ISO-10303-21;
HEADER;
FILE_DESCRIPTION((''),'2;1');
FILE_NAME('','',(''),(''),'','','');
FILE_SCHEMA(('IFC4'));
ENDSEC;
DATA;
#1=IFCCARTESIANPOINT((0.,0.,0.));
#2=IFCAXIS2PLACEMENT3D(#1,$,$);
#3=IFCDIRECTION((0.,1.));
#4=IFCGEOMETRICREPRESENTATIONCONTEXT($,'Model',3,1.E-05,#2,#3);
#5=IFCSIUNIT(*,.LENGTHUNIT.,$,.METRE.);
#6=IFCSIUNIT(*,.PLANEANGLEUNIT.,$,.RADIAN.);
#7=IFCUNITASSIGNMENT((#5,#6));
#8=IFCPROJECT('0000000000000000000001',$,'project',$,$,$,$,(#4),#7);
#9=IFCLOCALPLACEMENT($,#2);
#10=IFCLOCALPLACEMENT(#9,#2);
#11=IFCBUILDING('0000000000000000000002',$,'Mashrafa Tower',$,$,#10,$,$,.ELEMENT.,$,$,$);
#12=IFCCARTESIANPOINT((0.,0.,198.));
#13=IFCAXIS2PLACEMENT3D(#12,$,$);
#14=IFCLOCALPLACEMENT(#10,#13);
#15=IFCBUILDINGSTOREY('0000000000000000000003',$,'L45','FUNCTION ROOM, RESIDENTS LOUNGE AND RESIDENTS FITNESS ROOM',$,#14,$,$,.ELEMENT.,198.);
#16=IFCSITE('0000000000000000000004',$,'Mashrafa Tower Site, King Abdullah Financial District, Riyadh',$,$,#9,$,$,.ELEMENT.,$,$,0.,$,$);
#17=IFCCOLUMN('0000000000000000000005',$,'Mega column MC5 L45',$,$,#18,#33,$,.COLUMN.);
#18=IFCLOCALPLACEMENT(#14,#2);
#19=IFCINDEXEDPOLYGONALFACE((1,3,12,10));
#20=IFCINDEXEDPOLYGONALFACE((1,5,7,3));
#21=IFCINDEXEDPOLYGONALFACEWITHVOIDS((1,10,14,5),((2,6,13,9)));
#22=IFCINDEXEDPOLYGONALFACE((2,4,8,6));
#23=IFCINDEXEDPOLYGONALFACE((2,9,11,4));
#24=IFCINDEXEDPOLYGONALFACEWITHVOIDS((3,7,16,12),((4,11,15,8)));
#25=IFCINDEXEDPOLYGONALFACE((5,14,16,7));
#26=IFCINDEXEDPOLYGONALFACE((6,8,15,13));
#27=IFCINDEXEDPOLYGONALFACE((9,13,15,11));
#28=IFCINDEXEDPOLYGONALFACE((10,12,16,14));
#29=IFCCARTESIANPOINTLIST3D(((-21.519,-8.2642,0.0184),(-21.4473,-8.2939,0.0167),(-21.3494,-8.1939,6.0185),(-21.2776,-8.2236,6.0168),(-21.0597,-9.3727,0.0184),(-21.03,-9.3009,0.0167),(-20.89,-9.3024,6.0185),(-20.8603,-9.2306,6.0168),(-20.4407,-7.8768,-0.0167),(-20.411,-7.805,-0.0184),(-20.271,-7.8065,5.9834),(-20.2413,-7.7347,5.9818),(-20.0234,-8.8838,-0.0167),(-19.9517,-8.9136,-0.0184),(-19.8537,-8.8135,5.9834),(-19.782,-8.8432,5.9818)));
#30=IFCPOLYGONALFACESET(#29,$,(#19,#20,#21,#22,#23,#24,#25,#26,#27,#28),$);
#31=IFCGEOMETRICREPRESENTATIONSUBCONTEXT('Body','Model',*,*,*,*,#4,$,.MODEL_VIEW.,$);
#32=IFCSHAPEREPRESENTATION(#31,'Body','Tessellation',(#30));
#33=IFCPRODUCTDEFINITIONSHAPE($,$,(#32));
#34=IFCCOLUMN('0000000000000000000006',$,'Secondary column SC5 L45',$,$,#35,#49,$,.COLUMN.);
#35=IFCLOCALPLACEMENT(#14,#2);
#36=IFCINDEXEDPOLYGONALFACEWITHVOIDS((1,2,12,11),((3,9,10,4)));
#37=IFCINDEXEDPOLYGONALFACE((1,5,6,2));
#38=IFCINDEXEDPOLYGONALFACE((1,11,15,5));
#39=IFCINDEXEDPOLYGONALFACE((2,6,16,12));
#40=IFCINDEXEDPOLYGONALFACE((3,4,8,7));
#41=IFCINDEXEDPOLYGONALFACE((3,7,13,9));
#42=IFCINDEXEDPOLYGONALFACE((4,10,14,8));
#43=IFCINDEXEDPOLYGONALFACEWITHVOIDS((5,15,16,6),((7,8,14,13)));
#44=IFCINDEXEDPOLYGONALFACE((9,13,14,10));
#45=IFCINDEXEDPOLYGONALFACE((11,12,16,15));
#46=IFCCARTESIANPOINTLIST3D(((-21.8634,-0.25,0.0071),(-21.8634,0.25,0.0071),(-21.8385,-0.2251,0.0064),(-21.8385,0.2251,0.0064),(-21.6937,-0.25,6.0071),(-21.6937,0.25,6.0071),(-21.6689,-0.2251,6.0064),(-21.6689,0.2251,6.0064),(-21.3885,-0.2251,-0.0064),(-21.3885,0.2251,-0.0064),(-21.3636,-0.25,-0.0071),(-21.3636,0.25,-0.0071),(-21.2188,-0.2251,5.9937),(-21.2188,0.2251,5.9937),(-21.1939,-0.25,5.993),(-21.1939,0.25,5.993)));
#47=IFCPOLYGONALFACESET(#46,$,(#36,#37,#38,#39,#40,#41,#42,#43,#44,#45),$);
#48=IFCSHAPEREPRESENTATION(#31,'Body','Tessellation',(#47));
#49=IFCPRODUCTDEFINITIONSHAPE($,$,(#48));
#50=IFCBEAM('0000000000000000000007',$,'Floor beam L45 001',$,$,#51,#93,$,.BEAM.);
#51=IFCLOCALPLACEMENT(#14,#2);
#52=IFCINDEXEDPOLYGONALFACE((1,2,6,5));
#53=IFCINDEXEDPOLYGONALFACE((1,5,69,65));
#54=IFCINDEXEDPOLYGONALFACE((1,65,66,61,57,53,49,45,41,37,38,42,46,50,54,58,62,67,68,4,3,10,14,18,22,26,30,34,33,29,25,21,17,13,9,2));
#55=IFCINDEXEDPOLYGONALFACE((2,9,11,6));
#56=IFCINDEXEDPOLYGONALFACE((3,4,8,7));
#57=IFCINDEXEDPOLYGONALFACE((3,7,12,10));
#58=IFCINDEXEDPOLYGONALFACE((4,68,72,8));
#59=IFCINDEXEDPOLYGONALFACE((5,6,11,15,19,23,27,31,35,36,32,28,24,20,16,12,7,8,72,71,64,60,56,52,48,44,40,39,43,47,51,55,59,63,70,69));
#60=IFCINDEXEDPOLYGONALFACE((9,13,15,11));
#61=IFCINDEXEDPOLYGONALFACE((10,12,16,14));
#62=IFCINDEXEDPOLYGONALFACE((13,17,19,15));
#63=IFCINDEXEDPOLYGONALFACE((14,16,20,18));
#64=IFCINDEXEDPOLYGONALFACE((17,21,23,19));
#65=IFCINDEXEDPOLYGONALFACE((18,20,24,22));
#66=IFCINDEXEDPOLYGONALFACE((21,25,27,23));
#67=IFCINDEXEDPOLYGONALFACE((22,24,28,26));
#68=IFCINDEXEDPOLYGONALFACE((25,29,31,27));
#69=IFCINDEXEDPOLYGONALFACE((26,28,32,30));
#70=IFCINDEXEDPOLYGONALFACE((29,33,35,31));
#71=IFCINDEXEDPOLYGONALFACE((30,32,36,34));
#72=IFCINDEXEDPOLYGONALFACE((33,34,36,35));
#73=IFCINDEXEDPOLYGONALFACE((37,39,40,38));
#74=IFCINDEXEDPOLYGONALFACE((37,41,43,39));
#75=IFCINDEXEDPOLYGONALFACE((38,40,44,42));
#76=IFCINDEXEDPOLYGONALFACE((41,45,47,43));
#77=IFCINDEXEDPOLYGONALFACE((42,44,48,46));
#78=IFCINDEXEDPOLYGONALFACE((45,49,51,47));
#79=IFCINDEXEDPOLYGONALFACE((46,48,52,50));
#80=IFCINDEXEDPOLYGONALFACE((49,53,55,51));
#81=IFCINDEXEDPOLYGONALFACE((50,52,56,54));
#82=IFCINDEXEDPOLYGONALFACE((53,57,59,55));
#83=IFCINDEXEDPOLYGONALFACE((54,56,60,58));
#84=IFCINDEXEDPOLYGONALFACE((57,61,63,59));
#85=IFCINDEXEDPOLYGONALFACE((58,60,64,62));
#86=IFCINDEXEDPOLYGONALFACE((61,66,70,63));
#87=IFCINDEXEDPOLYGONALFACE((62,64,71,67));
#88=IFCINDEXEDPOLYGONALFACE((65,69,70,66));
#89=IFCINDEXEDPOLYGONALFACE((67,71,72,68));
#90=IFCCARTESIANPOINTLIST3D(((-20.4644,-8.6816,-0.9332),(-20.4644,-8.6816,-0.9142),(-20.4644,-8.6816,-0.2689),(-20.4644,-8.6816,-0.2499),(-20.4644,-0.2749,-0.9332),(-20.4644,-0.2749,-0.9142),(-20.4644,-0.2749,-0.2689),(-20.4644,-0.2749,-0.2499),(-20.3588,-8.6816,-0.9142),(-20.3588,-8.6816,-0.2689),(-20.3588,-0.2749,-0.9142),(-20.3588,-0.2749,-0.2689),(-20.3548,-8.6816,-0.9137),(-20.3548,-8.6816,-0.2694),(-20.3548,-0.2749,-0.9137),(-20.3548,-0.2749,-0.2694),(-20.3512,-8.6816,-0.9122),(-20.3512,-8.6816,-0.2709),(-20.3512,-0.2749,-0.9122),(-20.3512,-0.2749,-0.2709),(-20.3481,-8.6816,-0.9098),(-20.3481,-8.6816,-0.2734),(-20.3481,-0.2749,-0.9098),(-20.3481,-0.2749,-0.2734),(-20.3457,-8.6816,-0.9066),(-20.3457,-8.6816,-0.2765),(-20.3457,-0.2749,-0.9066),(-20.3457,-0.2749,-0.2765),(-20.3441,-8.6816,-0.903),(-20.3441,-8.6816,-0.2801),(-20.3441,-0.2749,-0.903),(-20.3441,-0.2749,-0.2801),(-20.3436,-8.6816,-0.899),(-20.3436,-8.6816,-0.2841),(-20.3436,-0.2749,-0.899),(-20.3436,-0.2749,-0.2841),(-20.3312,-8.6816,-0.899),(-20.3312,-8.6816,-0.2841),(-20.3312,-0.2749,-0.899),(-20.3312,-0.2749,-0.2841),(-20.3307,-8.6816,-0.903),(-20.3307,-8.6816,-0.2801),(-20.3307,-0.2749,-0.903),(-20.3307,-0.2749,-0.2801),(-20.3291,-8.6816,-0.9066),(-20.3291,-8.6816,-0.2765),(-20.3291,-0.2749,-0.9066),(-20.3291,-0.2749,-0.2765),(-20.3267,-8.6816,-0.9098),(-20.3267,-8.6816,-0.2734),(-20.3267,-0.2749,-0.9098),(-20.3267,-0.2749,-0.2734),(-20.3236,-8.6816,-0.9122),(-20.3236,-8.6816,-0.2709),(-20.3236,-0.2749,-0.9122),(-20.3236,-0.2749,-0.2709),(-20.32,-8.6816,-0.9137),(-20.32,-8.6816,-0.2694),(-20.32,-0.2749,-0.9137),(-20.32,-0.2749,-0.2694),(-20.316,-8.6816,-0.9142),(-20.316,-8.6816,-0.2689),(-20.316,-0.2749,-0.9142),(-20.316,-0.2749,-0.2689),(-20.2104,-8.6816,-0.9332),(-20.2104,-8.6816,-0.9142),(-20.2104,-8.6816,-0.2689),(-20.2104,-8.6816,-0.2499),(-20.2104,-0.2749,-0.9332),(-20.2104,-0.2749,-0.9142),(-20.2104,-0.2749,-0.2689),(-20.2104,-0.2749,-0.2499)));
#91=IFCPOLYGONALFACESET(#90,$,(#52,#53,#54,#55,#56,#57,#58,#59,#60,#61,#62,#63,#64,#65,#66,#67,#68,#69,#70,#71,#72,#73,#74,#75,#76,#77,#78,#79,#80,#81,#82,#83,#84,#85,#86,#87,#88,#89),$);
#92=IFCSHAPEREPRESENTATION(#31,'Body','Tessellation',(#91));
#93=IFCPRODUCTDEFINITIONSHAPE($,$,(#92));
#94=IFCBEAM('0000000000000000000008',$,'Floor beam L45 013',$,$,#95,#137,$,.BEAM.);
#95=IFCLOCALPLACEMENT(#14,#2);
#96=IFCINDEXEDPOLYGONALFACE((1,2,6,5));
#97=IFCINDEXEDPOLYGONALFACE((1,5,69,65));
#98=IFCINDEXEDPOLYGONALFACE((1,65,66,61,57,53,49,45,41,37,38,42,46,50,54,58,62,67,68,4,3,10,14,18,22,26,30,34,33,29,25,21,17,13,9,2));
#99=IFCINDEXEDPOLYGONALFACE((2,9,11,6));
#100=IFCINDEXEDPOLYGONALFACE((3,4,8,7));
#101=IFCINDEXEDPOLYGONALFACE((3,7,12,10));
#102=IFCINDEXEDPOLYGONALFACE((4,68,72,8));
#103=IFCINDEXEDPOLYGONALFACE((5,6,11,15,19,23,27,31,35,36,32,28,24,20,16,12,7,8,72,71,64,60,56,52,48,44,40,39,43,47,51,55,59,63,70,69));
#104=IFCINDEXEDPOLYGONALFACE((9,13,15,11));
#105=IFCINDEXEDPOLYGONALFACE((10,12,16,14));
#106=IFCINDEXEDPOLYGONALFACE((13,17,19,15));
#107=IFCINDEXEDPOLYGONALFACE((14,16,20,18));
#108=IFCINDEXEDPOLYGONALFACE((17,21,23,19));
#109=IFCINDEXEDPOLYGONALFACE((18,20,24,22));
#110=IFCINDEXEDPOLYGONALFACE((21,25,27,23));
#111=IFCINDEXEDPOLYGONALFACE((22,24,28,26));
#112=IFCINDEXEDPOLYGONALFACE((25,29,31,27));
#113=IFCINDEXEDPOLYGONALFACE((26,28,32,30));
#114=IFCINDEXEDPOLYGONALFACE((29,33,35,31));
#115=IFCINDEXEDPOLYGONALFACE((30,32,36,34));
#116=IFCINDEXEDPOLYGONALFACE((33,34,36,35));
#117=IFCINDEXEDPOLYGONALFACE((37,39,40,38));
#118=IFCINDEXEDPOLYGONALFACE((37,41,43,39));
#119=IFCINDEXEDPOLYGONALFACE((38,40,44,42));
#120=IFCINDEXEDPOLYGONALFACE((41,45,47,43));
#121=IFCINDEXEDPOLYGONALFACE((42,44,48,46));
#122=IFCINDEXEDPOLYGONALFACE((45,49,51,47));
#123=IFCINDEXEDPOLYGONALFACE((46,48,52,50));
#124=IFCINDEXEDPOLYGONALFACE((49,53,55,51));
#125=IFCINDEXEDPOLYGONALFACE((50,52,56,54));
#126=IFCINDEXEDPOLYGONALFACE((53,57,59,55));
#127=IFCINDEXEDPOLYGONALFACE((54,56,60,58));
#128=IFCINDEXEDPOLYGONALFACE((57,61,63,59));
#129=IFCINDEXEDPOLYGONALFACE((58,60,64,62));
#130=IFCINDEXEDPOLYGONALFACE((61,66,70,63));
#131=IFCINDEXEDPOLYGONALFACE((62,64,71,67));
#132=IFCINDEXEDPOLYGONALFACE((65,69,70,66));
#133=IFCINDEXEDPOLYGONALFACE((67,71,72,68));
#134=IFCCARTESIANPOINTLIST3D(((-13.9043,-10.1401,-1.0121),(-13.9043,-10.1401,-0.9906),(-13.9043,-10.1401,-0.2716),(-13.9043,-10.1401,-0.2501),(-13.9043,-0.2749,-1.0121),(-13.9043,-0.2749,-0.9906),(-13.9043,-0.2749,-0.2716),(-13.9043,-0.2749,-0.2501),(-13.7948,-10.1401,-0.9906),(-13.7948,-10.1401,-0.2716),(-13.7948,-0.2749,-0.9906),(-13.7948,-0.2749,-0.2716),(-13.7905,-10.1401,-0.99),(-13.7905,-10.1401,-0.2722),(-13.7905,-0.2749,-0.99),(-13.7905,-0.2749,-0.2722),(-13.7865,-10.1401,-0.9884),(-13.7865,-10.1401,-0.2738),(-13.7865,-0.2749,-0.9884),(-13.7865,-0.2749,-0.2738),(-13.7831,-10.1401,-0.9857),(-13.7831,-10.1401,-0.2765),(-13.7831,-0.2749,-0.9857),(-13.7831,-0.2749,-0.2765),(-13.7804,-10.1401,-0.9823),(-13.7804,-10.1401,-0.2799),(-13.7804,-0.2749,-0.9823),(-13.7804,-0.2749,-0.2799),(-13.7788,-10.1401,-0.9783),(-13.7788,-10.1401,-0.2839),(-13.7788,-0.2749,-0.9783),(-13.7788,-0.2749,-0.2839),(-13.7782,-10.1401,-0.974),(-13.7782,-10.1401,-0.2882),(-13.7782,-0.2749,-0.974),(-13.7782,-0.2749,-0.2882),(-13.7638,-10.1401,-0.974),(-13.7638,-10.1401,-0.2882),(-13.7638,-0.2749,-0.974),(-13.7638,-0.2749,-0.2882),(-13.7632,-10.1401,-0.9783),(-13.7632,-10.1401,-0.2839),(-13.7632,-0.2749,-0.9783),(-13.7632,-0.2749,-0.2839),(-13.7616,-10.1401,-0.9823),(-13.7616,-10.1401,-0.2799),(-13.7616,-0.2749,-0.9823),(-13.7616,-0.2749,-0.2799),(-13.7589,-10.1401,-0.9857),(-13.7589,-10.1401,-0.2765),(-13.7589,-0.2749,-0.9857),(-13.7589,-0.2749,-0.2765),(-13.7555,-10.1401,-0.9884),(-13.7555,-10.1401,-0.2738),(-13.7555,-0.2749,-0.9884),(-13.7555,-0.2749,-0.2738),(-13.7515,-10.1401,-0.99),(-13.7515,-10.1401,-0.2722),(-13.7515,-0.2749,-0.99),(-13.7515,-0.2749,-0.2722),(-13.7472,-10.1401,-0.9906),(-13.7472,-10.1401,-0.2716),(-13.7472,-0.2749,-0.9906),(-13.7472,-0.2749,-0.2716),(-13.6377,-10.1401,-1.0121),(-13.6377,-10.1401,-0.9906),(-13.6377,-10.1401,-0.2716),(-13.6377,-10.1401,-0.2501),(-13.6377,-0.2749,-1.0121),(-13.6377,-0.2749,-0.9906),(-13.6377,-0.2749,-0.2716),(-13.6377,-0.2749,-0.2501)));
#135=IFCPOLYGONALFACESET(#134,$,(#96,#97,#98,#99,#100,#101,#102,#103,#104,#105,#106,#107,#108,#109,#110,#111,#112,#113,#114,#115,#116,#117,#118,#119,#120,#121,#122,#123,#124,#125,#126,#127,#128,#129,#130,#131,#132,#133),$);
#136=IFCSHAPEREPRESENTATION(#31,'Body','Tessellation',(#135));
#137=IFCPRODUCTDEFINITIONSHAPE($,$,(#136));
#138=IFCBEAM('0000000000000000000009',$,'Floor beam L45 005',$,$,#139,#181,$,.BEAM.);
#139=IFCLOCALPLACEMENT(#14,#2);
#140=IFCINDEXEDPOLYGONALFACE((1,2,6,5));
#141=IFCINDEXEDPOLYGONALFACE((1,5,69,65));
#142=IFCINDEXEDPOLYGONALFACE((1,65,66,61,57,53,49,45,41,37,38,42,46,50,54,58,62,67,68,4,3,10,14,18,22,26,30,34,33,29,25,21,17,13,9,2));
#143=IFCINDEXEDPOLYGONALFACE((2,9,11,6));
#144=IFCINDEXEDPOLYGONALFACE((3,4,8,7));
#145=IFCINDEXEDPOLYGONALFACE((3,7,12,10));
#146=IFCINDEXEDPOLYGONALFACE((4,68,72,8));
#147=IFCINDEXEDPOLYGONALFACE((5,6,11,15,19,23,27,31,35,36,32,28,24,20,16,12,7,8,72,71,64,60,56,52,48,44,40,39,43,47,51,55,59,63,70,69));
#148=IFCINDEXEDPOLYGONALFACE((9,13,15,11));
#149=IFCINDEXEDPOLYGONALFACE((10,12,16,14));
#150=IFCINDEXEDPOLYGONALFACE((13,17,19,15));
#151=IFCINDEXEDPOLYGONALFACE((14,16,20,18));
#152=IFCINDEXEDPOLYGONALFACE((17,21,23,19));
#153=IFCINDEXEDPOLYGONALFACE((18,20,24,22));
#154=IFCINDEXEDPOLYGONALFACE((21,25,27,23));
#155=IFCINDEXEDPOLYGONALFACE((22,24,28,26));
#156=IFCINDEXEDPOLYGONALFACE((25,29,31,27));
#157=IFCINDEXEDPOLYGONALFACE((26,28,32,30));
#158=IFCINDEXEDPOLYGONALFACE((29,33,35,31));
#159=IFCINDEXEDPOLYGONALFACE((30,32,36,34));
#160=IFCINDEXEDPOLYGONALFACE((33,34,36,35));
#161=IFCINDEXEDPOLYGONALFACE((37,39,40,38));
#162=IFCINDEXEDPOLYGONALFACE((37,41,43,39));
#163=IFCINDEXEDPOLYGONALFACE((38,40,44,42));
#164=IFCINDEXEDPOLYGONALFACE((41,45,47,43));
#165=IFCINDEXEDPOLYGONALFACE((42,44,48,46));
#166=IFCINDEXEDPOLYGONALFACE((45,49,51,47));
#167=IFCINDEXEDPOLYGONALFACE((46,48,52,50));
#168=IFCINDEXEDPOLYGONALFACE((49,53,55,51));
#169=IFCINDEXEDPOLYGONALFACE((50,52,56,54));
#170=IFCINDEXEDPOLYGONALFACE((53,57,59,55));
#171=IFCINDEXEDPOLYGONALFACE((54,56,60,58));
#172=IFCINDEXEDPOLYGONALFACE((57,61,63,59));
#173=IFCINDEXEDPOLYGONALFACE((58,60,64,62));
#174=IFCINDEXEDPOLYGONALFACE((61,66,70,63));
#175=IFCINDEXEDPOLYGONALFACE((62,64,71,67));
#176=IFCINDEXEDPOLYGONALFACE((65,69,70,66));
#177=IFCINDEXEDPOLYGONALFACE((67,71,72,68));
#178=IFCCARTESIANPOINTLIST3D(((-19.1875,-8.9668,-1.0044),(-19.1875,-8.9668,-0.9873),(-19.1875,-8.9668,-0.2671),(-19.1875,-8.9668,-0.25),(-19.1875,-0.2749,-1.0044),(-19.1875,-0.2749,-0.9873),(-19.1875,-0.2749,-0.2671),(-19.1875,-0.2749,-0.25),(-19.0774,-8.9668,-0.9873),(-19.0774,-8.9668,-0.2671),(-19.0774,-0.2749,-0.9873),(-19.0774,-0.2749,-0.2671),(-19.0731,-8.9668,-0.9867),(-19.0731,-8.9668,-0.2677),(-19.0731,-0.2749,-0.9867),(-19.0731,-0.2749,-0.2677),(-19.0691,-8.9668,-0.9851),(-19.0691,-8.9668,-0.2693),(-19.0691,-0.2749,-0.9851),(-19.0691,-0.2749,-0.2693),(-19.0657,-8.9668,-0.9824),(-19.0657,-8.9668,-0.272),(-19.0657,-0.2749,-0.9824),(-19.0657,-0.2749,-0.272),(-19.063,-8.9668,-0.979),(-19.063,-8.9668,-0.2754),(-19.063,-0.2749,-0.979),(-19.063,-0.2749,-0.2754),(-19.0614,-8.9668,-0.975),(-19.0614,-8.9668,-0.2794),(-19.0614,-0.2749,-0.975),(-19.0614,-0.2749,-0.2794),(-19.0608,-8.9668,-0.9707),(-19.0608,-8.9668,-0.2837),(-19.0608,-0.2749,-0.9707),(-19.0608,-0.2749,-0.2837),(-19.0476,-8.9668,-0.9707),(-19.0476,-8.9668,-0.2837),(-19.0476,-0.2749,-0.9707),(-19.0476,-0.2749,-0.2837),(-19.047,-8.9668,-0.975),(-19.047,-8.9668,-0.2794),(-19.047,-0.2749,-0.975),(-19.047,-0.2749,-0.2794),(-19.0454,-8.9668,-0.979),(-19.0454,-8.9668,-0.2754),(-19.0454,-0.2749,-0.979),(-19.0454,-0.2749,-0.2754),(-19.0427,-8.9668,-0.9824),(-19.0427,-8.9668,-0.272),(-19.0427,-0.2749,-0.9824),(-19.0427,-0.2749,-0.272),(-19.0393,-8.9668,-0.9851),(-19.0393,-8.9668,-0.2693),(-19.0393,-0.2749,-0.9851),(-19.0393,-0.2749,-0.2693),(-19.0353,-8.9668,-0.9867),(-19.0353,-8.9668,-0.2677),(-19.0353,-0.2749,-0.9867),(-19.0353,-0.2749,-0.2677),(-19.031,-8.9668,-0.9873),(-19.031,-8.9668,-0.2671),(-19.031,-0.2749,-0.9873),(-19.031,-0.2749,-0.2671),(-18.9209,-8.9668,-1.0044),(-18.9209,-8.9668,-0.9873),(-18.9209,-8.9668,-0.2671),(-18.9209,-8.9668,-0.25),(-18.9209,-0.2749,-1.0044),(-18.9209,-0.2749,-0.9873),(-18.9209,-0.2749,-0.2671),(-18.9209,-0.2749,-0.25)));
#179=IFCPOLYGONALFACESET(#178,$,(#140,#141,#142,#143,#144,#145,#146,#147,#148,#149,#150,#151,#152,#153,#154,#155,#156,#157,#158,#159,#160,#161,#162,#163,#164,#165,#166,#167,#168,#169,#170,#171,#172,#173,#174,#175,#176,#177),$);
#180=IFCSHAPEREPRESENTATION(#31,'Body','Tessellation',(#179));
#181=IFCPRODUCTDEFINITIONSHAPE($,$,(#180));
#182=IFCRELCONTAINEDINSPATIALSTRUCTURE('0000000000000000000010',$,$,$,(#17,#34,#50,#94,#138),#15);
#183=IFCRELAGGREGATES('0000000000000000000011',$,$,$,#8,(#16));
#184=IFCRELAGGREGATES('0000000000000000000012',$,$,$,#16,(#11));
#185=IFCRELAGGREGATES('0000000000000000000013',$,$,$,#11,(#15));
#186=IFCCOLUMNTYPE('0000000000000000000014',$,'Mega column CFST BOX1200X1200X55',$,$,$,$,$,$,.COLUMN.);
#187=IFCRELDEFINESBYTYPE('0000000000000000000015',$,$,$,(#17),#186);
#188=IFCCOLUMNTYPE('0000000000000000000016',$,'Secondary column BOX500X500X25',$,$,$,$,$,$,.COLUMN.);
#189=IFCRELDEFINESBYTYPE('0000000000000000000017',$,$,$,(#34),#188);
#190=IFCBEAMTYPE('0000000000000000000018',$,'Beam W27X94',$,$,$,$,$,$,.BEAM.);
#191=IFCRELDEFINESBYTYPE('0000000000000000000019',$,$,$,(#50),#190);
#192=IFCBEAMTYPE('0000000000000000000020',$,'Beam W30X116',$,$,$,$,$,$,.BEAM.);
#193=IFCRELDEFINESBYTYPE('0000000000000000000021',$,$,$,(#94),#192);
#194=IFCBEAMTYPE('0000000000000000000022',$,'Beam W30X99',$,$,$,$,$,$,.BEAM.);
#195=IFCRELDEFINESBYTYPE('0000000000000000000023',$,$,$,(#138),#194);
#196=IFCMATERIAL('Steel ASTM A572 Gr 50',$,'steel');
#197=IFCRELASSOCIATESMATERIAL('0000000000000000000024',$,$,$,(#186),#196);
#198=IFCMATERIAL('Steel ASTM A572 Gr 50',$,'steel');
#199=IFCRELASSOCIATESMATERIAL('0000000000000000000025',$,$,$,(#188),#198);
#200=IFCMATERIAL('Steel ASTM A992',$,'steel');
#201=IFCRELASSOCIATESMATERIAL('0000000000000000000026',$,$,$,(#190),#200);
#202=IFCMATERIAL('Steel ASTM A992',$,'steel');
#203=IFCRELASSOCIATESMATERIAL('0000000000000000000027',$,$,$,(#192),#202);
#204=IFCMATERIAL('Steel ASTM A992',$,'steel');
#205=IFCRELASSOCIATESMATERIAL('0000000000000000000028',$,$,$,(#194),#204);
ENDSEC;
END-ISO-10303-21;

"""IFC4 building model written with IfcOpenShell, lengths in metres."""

from ifc_helpers import new_model, si_unit, direction, frame, origin, origin_2d, place, context, subcontext, project, spatial, hollow_rectangle, i_section, extrude, material, material_profile, profile_set, type_object, element, save


model = new_model("IFC4")

# Units and contexts
model_context = context("Model", 3, precision=1e-05, world=origin(), true_north=direction((0.0, 1.0)))
body_context = subcontext(model_context, "Body", "Model", "MODEL_VIEW")
ifc_project = project(units=[si_unit("LENGTHUNIT", "METRE"), si_unit("PLANEANGLEUNIT", "RADIAN")], contexts=[model_context])

# Site, building, storey
site_placement = place(None, origin())
site = spatial("IfcSite", under=ifc_project, at=site_placement, Name="Mashrafa Tower Site, King Abdullah Financial District, Riyadh", CompositionType="ELEMENT", RefElevation=0.0)
building_placement = place(site_placement, origin())
building = spatial("IfcBuilding", under=site, at=building_placement, Name="Mashrafa Tower", CompositionType="ELEMENT")
storey_placement = place(building_placement, frame((0.0, 0.0, 198.0)))
storey = spatial("IfcBuildingStorey", under=building, at=storey_placement, Name="L45", Description="FUNCTION ROOM, RESIDENTS LOUNGE AND RESIDENTS FITNESS ROOM", CompositionType="ELEMENT", Elevation=198.0)

# Columns
ifc_material_1 = material(Name="Steel ASTM A572 Gr 50", Category="steel")
ifc_material_profile_1 = material_profile(ifc_material_1, hollow_rectangle(XDim=1.2, YDim=1.2, WallThickness=0.0549, at=origin_2d()), Name="BOX1200X1200X55")
ifc_profile_set_1 = profile_set([ifc_material_profile_1], Name="Steel ASTM A572 Gr 50")
column_type_1 = type_object("IfcColumnType", Name="Mega column CFST BOX1200X1200X55", PredefinedType="COLUMN", material=ifc_profile_set_1)
column_1_placement = place(storey_placement, frame((-20.7354, -8.5889, 0.0), z_axis=(0.028266, 0.011713, 0.999532), x_axis=(-0.382821, 0.923822, 0.0)))
element("IfcColumn", 1, at=column_1_placement, inside=storey, type_object=column_type_1, Name="Mega column MC5 L45", PredefinedType="COLUMN", context=body_context, shape_type="SweptSolid", body=[
    extrude(hollow_rectangle(XDim=1.2, YDim=1.2, WallThickness=0.0549, at=origin_2d()), origin(), (0.0, 0.0, 1.0), 6.0029),
])
ifc_material_2 = material(Name="Steel ASTM A572 Gr 50", Category="steel")
ifc_material_profile_2 = material_profile(ifc_material_2, hollow_rectangle(XDim=0.5, YDim=0.5, WallThickness=0.0249, at=origin_2d()), Name="BOX500X500X25")
ifc_profile_set_2 = profile_set([ifc_material_profile_2], Name="Steel ASTM A572 Gr 50")
column_type_2 = type_object("IfcColumnType", Name="Secondary column BOX500X500X25", PredefinedType="COLUMN", material=ifc_profile_set_2)
column_2_placement = place(storey_placement, frame((-21.6135, 0.0, 0.0), z_axis=(0.028268, 0.0, 0.9996), x_axis=(0.0, 1.0, 0.0)))
element("IfcColumn", 2, at=column_2_placement, inside=storey, type_object=column_type_2, Name="Secondary column SC5 L45", PredefinedType="COLUMN", context=body_context, shape_type="SweptSolid", body=[
    extrude(hollow_rectangle(XDim=0.5, YDim=0.5, WallThickness=0.0249, at=origin_2d()), origin(), (0.0, 0.0, 1.0), 6.0024),
])

# Beams
ifc_material_3 = material(Name="Steel ASTM A992", Category="steel")
ifc_material_profile_3 = material_profile(ifc_material_3, i_section(OverallWidth=0.2539, OverallDepth=0.6833, WebThickness=0.0125, FlangeThickness=0.019, FilletRadius=0.0151, at=origin_2d()), Name="W27X94")
ifc_profile_set_3 = profile_set([ifc_material_profile_3], Name="Steel ASTM A992")
beam_type_1 = type_object("IfcBeamType", Name="Beam W27X94", PredefinedType="BEAM", material=ifc_profile_set_3)
beam_1_placement = place(storey_placement, frame((-20.3374, -8.6816, -0.5916), z_axis=(0.0, 1.0, 0.0), x_axis=(-1.0, 0.0, 0.0)))
element("IfcBeam", 3, at=beam_1_placement, inside=storey, type_object=beam_type_1, Name="Floor beam L45 001", PredefinedType="BEAM", context=body_context, shape_type="SweptSolid", body=[
    extrude(i_section(OverallWidth=0.2539, OverallDepth=0.6833, WebThickness=0.0125, FlangeThickness=0.019, FilletRadius=0.0151, at=origin_2d()), origin(), (0.0, 0.0, 1.0), 8.4067),
])
ifc_material_4 = material(Name="Steel ASTM A992", Category="steel")
ifc_material_profile_4 = material_profile(ifc_material_4, i_section(OverallWidth=0.2666, OverallDepth=0.762, WebThickness=0.0144, FlangeThickness=0.0215, FilletRadius=0.0166, at=origin_2d()), Name="W30X116")
ifc_profile_set_4 = profile_set([ifc_material_profile_4], Name="Steel ASTM A992")
beam_type_2 = type_object("IfcBeamType", Name="Beam W30X116", PredefinedType="BEAM", material=ifc_profile_set_4)
beam_2_placement = place(storey_placement, frame((-13.771, -10.1401, -0.6311), z_axis=(0.0, 1.0, 0.0), x_axis=(-1.0, 0.0, 0.0)))
element("IfcBeam", 4, at=beam_2_placement, inside=storey, type_object=beam_type_2, Name="Floor beam L45 013", PredefinedType="BEAM", context=body_context, shape_type="SweptSolid", body=[
    extrude(i_section(OverallWidth=0.2666, OverallDepth=0.762, WebThickness=0.0144, FlangeThickness=0.0215, FilletRadius=0.0166, at=origin_2d()), origin(), (0.0, 0.0, 1.0), 9.8652),
])
ifc_material_5 = material(Name="Steel ASTM A992", Category="steel")
ifc_material_profile_5 = material_profile(ifc_material_5, i_section(OverallWidth=0.2666, OverallDepth=0.7544, WebThickness=0.0132, FlangeThickness=0.0171, FilletRadius=0.0166, at=origin_2d()), Name="W30X99")
ifc_profile_set_5 = profile_set([ifc_material_profile_5], Name="Steel ASTM A992")
beam_type_3 = type_object("IfcBeamType", Name="Beam W30X99", PredefinedType="BEAM", material=ifc_profile_set_5)
beam_3_placement = place(storey_placement, frame((-19.0542, -8.9668, -0.6272), z_axis=(0.0, 1.0, 0.0), x_axis=(-1.0, 0.0, 0.0)))
element("IfcBeam", 5, at=beam_3_placement, inside=storey, type_object=beam_type_3, Name="Floor beam L45 005", PredefinedType="BEAM", context=body_context, shape_type="SweptSolid", body=[
    extrude(i_section(OverallWidth=0.2666, OverallDepth=0.7544, WebThickness=0.0132, FlangeThickness=0.0171, FilletRadius=0.0166, at=origin_2d()), origin(), (0.0, 0.0, 1.0), 8.6919),
])

save(model, "model.ifc")
